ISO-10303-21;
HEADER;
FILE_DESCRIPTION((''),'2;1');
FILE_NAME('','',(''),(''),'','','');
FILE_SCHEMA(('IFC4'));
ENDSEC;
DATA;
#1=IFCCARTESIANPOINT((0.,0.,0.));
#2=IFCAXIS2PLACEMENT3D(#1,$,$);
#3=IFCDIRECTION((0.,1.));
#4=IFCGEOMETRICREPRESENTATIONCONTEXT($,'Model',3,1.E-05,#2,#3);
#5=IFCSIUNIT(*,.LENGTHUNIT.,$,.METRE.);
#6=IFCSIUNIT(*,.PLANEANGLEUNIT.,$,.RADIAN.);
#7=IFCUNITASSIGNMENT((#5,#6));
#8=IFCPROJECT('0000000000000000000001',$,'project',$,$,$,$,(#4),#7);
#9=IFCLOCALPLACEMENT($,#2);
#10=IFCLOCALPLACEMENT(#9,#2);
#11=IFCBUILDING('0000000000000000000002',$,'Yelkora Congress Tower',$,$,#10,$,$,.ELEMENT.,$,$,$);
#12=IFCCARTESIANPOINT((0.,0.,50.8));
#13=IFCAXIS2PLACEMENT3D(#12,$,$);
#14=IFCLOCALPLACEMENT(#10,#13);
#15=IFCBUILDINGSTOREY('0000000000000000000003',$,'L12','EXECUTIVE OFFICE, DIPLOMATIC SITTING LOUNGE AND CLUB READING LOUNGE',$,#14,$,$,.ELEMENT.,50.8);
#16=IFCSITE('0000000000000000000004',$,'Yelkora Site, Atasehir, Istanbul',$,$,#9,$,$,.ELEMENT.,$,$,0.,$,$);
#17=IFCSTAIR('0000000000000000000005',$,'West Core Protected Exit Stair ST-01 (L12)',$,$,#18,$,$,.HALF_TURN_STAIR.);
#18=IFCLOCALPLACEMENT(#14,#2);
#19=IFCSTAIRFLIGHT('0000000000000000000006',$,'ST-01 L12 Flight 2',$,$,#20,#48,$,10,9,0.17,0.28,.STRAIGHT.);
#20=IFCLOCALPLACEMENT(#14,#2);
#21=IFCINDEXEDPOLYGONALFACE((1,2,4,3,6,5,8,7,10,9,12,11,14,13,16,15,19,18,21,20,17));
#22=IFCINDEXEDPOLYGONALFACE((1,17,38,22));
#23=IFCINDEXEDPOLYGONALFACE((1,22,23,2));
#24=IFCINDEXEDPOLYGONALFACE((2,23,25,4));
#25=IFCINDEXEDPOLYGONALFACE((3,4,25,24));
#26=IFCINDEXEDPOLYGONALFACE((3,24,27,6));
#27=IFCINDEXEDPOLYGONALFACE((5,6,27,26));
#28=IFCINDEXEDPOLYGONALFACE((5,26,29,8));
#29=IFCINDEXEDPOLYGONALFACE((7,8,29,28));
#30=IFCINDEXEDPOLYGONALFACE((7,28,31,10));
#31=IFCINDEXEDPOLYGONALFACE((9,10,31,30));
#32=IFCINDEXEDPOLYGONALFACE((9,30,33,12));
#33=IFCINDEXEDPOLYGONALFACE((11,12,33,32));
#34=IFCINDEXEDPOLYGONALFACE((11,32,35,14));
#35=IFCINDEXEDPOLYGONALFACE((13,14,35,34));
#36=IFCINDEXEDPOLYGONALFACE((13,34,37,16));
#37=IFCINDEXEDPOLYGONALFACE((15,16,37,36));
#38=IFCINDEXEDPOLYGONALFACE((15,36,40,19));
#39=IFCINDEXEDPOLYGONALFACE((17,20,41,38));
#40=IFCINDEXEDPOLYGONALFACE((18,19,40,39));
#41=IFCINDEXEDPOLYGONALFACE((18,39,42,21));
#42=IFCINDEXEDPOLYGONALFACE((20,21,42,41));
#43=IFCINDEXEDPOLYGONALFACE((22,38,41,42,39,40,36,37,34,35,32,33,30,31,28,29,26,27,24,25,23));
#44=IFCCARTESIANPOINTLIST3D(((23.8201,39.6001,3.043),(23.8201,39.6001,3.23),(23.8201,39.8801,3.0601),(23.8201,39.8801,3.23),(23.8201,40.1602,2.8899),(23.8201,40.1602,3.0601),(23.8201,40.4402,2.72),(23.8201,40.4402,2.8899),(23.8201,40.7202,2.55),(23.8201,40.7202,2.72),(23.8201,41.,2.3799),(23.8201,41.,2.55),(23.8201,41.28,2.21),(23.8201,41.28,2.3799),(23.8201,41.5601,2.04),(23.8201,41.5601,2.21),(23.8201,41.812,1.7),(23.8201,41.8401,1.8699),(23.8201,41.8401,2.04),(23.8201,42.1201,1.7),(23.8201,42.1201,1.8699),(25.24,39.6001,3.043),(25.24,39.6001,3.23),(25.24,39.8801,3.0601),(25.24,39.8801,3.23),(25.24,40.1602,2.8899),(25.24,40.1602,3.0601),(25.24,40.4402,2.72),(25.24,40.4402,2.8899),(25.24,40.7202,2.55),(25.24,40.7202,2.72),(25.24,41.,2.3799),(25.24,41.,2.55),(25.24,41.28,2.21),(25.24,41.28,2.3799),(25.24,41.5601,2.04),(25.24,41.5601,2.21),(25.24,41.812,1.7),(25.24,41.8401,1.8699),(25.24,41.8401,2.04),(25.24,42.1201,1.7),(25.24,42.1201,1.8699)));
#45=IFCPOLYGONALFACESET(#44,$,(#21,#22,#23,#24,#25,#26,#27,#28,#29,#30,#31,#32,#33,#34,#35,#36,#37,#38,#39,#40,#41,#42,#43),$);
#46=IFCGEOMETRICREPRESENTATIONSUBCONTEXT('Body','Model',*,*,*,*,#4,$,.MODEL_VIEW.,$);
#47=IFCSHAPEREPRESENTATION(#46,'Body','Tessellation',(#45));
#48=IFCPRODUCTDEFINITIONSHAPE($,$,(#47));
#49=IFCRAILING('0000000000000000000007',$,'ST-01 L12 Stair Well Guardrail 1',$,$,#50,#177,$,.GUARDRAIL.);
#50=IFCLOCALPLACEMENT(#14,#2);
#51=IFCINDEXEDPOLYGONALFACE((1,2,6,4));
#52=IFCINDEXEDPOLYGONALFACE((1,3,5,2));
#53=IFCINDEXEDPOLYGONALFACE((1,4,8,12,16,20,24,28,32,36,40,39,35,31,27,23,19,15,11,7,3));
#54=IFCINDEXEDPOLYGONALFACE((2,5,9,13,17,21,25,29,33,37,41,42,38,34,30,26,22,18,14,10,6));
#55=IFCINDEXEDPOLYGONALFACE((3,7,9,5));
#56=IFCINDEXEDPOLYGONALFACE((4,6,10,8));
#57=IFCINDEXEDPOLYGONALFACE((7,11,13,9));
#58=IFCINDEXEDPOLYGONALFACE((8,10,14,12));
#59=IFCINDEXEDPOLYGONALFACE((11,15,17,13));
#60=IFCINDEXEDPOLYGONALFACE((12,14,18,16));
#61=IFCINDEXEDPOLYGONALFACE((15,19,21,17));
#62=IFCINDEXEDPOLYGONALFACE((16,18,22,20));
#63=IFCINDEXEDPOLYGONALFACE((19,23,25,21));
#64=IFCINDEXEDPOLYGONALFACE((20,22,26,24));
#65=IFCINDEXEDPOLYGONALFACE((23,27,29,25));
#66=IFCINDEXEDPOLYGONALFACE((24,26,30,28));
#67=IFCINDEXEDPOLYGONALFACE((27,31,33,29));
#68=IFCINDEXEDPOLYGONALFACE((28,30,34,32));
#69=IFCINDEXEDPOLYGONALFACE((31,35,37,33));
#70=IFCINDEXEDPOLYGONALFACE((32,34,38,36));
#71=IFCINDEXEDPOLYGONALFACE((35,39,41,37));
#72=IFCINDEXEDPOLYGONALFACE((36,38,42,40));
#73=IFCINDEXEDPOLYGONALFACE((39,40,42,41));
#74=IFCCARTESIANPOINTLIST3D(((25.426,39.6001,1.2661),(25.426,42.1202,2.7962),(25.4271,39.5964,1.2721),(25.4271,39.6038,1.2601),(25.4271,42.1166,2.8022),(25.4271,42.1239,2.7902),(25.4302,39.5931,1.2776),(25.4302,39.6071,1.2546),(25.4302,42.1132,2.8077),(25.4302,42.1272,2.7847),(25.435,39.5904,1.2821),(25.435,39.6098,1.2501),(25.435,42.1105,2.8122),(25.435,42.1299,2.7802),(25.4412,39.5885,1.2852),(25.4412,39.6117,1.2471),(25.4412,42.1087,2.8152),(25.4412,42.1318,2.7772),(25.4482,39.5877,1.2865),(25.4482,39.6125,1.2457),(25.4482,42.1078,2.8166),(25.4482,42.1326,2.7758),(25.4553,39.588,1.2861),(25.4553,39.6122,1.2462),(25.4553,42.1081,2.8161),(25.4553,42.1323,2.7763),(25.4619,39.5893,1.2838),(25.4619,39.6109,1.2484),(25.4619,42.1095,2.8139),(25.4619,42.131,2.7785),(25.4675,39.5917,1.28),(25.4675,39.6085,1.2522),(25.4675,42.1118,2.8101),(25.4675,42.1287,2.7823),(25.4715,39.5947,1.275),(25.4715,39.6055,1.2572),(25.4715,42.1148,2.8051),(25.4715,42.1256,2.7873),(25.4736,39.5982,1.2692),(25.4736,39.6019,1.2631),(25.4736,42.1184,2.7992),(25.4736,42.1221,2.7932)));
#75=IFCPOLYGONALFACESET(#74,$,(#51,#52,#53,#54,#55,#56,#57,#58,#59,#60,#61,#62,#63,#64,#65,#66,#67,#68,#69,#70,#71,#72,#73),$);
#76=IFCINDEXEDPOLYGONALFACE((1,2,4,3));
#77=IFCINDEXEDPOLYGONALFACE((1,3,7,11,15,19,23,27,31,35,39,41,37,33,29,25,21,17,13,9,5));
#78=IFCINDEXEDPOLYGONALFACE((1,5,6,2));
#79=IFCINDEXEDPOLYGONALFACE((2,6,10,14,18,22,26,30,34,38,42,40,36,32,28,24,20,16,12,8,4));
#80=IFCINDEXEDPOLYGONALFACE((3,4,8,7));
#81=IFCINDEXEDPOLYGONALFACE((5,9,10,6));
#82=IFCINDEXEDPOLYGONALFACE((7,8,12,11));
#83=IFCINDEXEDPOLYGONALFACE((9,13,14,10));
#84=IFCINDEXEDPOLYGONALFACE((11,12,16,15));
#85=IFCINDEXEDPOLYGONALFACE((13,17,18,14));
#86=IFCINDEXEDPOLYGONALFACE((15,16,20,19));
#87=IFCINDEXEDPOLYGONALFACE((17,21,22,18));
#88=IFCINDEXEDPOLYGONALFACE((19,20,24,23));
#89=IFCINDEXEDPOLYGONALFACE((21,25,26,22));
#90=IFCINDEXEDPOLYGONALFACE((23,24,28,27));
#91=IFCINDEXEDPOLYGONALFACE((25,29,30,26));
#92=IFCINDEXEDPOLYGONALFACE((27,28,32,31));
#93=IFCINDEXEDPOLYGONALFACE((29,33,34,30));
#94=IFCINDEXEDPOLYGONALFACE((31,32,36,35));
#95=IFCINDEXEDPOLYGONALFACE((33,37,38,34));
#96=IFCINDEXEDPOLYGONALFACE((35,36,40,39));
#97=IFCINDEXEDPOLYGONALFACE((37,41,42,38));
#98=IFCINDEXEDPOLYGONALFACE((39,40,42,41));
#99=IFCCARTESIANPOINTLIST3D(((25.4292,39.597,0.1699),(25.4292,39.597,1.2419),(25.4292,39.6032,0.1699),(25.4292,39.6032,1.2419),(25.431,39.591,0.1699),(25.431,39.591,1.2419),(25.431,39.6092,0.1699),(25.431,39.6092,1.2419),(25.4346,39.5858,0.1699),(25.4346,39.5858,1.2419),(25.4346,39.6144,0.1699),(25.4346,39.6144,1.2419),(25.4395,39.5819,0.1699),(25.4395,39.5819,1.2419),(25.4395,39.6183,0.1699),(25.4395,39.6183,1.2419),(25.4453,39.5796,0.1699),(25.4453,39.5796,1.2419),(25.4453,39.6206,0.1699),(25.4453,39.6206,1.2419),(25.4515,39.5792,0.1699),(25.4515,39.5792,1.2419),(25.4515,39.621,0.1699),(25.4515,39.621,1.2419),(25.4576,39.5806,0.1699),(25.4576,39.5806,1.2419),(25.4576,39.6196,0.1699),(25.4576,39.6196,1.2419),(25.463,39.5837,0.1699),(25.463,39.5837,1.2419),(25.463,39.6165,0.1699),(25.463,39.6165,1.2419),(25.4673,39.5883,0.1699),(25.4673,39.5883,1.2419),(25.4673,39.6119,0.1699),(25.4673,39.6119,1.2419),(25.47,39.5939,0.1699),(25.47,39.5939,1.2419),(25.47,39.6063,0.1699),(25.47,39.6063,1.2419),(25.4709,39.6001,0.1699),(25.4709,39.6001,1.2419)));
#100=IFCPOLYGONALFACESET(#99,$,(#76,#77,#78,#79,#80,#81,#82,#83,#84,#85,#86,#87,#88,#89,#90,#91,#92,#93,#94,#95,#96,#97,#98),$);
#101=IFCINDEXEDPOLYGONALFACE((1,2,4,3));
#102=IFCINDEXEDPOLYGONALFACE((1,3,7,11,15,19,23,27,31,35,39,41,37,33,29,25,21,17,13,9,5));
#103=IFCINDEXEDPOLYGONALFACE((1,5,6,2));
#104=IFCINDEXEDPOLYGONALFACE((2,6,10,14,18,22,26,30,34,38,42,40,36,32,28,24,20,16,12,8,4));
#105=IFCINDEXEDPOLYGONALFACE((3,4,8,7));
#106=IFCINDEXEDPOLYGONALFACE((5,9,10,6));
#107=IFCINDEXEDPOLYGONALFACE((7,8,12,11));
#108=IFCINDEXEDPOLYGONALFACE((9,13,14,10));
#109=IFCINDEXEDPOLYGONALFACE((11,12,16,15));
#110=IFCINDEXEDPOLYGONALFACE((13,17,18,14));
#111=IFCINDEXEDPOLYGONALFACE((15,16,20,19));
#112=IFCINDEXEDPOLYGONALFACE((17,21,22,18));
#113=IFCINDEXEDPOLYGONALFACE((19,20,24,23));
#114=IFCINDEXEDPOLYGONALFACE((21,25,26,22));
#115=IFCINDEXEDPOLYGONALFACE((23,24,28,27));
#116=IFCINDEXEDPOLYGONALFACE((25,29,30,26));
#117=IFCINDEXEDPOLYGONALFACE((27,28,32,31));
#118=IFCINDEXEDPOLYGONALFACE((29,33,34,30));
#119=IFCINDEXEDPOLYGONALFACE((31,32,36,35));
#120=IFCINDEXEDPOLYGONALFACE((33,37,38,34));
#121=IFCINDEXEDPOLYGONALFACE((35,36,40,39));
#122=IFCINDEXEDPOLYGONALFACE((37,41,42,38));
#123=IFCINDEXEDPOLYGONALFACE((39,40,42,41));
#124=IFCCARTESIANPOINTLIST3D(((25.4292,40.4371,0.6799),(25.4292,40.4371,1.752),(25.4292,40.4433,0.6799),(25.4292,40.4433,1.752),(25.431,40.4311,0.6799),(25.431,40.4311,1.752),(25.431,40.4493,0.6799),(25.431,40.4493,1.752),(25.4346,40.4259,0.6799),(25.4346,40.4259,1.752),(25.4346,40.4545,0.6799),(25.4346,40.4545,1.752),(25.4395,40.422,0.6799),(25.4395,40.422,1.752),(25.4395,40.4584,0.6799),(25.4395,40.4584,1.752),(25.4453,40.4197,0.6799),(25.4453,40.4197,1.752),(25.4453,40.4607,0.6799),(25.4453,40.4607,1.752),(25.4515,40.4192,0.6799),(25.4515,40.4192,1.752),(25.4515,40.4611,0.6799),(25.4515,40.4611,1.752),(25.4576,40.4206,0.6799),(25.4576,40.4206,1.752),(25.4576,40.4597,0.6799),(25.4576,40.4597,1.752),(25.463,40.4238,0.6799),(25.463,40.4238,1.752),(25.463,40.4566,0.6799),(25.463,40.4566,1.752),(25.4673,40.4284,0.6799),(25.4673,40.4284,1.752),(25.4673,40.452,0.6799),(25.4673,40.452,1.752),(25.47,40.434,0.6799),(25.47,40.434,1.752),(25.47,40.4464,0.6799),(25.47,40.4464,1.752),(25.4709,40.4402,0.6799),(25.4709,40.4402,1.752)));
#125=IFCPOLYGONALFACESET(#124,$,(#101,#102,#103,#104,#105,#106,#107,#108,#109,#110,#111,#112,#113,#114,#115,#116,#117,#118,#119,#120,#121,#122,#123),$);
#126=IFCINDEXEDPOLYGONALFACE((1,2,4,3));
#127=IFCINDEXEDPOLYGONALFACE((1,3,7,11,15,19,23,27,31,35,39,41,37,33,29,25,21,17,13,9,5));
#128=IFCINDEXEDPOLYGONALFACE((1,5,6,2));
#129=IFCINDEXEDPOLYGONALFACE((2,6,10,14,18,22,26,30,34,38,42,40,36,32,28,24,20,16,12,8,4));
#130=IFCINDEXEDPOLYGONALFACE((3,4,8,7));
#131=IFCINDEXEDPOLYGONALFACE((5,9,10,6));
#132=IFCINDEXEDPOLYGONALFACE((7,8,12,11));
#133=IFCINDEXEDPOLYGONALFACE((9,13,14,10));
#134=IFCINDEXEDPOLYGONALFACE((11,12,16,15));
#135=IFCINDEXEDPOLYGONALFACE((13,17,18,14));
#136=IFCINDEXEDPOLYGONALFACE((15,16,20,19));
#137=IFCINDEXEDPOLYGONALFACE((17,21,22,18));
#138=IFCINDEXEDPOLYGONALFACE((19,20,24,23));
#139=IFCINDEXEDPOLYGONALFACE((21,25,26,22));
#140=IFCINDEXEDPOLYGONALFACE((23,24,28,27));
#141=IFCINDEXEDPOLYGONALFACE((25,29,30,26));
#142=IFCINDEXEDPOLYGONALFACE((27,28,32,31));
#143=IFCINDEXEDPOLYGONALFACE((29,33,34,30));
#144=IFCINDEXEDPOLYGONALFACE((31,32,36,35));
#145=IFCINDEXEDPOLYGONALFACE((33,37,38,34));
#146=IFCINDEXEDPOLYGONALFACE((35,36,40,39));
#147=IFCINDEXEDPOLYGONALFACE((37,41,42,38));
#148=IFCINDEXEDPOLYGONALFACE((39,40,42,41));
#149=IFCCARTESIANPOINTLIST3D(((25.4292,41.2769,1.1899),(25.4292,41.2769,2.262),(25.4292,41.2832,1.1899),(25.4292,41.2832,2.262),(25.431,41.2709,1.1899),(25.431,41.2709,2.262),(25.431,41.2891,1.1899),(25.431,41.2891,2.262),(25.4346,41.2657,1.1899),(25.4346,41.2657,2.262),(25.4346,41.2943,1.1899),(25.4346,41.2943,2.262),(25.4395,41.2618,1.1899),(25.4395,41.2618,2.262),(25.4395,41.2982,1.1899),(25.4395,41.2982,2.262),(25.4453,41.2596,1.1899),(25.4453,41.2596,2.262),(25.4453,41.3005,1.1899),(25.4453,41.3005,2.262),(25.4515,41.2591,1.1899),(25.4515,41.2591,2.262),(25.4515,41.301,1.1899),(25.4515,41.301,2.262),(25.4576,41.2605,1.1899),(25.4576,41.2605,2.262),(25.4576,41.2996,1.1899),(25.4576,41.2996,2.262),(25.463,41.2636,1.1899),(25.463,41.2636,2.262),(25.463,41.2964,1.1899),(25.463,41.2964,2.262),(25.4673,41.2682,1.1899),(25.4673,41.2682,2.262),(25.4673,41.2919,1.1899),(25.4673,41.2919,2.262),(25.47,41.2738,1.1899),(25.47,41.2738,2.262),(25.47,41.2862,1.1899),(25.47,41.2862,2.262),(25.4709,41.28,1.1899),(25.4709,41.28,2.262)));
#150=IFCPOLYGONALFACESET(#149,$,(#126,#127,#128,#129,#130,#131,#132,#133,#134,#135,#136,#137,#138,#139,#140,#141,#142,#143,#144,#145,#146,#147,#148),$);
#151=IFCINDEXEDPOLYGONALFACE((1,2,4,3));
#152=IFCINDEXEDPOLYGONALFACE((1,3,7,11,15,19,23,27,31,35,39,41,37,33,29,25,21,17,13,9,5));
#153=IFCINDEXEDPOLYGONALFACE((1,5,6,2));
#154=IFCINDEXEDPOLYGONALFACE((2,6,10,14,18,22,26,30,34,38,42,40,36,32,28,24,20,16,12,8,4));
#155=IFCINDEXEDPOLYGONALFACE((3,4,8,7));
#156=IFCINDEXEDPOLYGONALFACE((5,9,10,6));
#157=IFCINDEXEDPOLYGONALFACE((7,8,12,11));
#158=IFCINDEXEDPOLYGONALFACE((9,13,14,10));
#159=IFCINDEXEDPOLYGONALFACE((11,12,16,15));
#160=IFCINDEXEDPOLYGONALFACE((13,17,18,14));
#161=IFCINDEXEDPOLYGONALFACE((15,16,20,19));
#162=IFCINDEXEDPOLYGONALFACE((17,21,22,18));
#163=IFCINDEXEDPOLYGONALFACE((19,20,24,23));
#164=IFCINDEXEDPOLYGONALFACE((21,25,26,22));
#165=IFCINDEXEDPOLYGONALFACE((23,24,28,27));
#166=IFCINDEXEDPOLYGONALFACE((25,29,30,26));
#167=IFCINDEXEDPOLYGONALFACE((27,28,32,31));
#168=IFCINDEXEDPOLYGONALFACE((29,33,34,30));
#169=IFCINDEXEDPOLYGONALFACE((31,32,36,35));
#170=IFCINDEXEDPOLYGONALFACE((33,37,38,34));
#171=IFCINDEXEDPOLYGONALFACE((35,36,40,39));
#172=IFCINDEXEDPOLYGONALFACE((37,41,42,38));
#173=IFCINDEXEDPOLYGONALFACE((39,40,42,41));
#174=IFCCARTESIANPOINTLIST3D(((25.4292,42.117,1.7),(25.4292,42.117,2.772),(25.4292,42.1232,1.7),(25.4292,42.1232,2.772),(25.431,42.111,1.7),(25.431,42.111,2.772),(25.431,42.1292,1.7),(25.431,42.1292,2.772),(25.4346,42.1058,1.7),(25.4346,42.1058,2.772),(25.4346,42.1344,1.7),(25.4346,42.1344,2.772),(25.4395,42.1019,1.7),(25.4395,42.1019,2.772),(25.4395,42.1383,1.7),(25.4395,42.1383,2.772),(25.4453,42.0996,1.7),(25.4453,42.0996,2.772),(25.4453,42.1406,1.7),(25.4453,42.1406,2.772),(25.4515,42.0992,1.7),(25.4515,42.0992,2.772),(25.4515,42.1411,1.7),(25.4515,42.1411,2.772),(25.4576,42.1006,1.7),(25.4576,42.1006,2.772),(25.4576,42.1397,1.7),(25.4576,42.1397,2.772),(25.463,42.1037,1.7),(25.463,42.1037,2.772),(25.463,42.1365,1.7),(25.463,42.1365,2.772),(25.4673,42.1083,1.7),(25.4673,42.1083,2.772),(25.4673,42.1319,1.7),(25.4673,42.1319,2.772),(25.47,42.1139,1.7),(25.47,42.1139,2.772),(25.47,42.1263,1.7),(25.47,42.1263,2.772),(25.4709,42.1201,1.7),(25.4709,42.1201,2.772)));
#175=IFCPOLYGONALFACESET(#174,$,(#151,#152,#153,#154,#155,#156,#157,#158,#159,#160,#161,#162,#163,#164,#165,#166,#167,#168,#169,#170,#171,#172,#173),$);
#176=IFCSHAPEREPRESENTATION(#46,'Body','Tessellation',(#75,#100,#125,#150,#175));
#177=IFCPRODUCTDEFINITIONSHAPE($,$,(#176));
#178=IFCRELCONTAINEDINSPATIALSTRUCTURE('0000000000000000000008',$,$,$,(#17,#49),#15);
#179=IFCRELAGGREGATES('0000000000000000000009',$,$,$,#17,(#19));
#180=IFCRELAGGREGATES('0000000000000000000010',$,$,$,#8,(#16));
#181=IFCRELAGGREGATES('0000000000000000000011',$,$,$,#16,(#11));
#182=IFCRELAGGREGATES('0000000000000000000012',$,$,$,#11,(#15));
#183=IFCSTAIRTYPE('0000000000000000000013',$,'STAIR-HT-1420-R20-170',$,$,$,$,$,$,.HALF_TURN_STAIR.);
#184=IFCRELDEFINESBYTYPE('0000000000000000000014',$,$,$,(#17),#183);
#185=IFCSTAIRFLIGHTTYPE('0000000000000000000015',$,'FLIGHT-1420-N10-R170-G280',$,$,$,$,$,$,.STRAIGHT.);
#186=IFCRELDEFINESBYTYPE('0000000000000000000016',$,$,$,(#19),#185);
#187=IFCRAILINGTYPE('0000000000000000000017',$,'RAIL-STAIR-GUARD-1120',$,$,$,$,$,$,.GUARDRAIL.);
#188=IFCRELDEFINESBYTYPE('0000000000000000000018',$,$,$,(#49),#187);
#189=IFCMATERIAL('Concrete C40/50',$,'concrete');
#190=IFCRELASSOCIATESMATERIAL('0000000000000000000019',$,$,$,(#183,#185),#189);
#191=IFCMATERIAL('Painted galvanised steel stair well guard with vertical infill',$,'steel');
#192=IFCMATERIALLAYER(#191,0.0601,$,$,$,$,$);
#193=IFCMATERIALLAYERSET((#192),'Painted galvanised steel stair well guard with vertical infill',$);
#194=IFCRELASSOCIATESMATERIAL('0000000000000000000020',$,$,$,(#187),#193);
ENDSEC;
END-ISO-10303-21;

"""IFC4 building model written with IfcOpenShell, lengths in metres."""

from ifc_helpers import new_model, si_unit, direction, frame, origin, origin_2d, place, context, subcontext, project, spatial, polyline, circle, outline, extrude, material, layer, layer_set, type_object, element, aggregate, save


model = new_model("IFC4")

# Units and contexts
model_context = context("Model", 3, precision=1e-05, world=origin(), true_north=direction((0.0, 1.0)))
body_context = subcontext(model_context, "Body", "Model", "MODEL_VIEW")
ifc_project = project(units=[si_unit("LENGTHUNIT", "METRE"), si_unit("PLANEANGLEUNIT", "RADIAN")], contexts=[model_context])

# Site, building, storey
site_placement = place(None, origin())
site = spatial("IfcSite", under=ifc_project, at=site_placement, Name="Yelkora Site, Atasehir, Istanbul", CompositionType="ELEMENT", RefElevation=0.0)
building_placement = place(site_placement, origin())
building = spatial("IfcBuilding", under=site, at=building_placement, Name="Yelkora Congress Tower", CompositionType="ELEMENT")
storey_placement = place(building_placement, frame((0.0, 0.0, 50.8)))
storey = spatial("IfcBuildingStorey", under=building, at=storey_placement, Name="L12", Description="EXECUTIVE OFFICE, DIPLOMATIC SITTING LOUNGE AND CLUB READING LOUNGE", CompositionType="ELEMENT", Elevation=50.8)

# Stair, stair flight
ifc_material_1 = material(Name="Concrete C40/50", Category="concrete")
stair_type = type_object("IfcStairType", Name="STAIR-HT-1420-R20-170", PredefinedType="HALF_TURN_STAIR", material=ifc_material_1)
stair_placement = place(storey_placement, origin())
stair = element("IfcStair", 1, at=stair_placement, inside=storey, type_object=stair_type, Name="West Core Protected Exit Stair ST-01 (L12)", PredefinedType="HALF_TURN_STAIR")
stair_flight_type = type_object("IfcStairFlightType", Name="FLIGHT-1420-N10-R170-G280", PredefinedType="STRAIGHT", material=ifc_material_1)
stair_flight_1_placement = place(storey_placement, frame((24.53, 42.1201, 1.7), z_axis=(0.0, 0.0, 1.0), x_axis=(0.0, -1.0, 0.0)))
stair_flight_1 = element("IfcStairFlight", 2, at=stair_flight_1_placement, type_object=stair_flight_type, Name="ST-01 L12 Flight 2", NumberOfRisers=10, NumberOfTreads=9, PredefinedType="STRAIGHT", RiserHeight=0.17, TreadLength=0.28, context=body_context, shape_type="SweptSolid", body=[
    extrude(outline(polyline([(0.0, 0.0), (0.0, 0.1699), (0.28, 0.1699), (0.28, 0.3401), (0.5601, 0.3401), (0.5601, 0.51), (0.8401, 0.51), (0.8401, 0.6799), (1.1201, 0.6799), (1.1201, 0.8501), (1.3999, 0.8501), (1.3999, 1.02), (1.6799, 1.02), (1.6799, 1.1899), (1.96, 1.1899), (1.96, 1.3601), (2.24, 1.3601), (2.24, 1.53), (2.52, 1.53), (2.52, 1.7), (2.52, 1.343), (0.3081, 0.0), (0.0, 0.0)])), frame((0.0, 0.71, 0.0), z_axis=(0.0, -1.0, 0.0), x_axis=(1.0, 0.0, 0.0)), (0.0, 0.0, 1.0), 1.4199),
])
aggregate(stair, [stair_flight_1])

# Railing
ifc_material_2 = material(Name="Painted galvanised steel stair well guard with vertical infill", Category="steel")
ifc_layer_1 = layer(ifc_material_2, 0.0601)
ifc_layer_set_1 = layer_set([ifc_layer_1], Name="Painted galvanised steel stair well guard with vertical infill")
railing_type_1 = type_object("IfcRailingType", Name="RAIL-STAIR-GUARD-1120", PredefinedType="GUARDRAIL", material=ifc_layer_set_1)
railing_1_placement = place(storey_placement, frame((25.45, 39.6001, 0.1699)))
element("IfcRailing", 3, at=railing_1_placement, inside=storey, type_object=railing_type_1, Name="ST-01 L12 Stair Well Guardrail 1", PredefinedType="GUARDRAIL", context=body_context, shape_type="SweptSolid", body=[
    extrude(circle(Radius=0.0239, at=origin_2d()), frame((0.0, 0.0, 1.0962), z_axis=(0.0, 0.854785, 0.518982), x_axis=(-1.0, 0.0, 0.0)), (0.0, 0.0, 1.0), 2.9482),
    extrude(circle(Radius=0.021, at=origin_2d()), origin(), (0.0, 0.0, 1.0), 1.072),
    extrude(circle(Radius=0.021, at=origin_2d()), frame((0.0, 0.8401, 0.51)), (0.0, 0.0, 1.0), 1.072),
    extrude(circle(Radius=0.021, at=origin_2d()), frame((0.0, 1.6799, 1.02)), (0.0, 0.0, 1.0), 1.072),
    extrude(circle(Radius=0.021, at=origin_2d()), frame((0.0, 2.52, 1.53)), (0.0, 0.0, 1.0), 1.072),
])

save(model, "model.ifc")
